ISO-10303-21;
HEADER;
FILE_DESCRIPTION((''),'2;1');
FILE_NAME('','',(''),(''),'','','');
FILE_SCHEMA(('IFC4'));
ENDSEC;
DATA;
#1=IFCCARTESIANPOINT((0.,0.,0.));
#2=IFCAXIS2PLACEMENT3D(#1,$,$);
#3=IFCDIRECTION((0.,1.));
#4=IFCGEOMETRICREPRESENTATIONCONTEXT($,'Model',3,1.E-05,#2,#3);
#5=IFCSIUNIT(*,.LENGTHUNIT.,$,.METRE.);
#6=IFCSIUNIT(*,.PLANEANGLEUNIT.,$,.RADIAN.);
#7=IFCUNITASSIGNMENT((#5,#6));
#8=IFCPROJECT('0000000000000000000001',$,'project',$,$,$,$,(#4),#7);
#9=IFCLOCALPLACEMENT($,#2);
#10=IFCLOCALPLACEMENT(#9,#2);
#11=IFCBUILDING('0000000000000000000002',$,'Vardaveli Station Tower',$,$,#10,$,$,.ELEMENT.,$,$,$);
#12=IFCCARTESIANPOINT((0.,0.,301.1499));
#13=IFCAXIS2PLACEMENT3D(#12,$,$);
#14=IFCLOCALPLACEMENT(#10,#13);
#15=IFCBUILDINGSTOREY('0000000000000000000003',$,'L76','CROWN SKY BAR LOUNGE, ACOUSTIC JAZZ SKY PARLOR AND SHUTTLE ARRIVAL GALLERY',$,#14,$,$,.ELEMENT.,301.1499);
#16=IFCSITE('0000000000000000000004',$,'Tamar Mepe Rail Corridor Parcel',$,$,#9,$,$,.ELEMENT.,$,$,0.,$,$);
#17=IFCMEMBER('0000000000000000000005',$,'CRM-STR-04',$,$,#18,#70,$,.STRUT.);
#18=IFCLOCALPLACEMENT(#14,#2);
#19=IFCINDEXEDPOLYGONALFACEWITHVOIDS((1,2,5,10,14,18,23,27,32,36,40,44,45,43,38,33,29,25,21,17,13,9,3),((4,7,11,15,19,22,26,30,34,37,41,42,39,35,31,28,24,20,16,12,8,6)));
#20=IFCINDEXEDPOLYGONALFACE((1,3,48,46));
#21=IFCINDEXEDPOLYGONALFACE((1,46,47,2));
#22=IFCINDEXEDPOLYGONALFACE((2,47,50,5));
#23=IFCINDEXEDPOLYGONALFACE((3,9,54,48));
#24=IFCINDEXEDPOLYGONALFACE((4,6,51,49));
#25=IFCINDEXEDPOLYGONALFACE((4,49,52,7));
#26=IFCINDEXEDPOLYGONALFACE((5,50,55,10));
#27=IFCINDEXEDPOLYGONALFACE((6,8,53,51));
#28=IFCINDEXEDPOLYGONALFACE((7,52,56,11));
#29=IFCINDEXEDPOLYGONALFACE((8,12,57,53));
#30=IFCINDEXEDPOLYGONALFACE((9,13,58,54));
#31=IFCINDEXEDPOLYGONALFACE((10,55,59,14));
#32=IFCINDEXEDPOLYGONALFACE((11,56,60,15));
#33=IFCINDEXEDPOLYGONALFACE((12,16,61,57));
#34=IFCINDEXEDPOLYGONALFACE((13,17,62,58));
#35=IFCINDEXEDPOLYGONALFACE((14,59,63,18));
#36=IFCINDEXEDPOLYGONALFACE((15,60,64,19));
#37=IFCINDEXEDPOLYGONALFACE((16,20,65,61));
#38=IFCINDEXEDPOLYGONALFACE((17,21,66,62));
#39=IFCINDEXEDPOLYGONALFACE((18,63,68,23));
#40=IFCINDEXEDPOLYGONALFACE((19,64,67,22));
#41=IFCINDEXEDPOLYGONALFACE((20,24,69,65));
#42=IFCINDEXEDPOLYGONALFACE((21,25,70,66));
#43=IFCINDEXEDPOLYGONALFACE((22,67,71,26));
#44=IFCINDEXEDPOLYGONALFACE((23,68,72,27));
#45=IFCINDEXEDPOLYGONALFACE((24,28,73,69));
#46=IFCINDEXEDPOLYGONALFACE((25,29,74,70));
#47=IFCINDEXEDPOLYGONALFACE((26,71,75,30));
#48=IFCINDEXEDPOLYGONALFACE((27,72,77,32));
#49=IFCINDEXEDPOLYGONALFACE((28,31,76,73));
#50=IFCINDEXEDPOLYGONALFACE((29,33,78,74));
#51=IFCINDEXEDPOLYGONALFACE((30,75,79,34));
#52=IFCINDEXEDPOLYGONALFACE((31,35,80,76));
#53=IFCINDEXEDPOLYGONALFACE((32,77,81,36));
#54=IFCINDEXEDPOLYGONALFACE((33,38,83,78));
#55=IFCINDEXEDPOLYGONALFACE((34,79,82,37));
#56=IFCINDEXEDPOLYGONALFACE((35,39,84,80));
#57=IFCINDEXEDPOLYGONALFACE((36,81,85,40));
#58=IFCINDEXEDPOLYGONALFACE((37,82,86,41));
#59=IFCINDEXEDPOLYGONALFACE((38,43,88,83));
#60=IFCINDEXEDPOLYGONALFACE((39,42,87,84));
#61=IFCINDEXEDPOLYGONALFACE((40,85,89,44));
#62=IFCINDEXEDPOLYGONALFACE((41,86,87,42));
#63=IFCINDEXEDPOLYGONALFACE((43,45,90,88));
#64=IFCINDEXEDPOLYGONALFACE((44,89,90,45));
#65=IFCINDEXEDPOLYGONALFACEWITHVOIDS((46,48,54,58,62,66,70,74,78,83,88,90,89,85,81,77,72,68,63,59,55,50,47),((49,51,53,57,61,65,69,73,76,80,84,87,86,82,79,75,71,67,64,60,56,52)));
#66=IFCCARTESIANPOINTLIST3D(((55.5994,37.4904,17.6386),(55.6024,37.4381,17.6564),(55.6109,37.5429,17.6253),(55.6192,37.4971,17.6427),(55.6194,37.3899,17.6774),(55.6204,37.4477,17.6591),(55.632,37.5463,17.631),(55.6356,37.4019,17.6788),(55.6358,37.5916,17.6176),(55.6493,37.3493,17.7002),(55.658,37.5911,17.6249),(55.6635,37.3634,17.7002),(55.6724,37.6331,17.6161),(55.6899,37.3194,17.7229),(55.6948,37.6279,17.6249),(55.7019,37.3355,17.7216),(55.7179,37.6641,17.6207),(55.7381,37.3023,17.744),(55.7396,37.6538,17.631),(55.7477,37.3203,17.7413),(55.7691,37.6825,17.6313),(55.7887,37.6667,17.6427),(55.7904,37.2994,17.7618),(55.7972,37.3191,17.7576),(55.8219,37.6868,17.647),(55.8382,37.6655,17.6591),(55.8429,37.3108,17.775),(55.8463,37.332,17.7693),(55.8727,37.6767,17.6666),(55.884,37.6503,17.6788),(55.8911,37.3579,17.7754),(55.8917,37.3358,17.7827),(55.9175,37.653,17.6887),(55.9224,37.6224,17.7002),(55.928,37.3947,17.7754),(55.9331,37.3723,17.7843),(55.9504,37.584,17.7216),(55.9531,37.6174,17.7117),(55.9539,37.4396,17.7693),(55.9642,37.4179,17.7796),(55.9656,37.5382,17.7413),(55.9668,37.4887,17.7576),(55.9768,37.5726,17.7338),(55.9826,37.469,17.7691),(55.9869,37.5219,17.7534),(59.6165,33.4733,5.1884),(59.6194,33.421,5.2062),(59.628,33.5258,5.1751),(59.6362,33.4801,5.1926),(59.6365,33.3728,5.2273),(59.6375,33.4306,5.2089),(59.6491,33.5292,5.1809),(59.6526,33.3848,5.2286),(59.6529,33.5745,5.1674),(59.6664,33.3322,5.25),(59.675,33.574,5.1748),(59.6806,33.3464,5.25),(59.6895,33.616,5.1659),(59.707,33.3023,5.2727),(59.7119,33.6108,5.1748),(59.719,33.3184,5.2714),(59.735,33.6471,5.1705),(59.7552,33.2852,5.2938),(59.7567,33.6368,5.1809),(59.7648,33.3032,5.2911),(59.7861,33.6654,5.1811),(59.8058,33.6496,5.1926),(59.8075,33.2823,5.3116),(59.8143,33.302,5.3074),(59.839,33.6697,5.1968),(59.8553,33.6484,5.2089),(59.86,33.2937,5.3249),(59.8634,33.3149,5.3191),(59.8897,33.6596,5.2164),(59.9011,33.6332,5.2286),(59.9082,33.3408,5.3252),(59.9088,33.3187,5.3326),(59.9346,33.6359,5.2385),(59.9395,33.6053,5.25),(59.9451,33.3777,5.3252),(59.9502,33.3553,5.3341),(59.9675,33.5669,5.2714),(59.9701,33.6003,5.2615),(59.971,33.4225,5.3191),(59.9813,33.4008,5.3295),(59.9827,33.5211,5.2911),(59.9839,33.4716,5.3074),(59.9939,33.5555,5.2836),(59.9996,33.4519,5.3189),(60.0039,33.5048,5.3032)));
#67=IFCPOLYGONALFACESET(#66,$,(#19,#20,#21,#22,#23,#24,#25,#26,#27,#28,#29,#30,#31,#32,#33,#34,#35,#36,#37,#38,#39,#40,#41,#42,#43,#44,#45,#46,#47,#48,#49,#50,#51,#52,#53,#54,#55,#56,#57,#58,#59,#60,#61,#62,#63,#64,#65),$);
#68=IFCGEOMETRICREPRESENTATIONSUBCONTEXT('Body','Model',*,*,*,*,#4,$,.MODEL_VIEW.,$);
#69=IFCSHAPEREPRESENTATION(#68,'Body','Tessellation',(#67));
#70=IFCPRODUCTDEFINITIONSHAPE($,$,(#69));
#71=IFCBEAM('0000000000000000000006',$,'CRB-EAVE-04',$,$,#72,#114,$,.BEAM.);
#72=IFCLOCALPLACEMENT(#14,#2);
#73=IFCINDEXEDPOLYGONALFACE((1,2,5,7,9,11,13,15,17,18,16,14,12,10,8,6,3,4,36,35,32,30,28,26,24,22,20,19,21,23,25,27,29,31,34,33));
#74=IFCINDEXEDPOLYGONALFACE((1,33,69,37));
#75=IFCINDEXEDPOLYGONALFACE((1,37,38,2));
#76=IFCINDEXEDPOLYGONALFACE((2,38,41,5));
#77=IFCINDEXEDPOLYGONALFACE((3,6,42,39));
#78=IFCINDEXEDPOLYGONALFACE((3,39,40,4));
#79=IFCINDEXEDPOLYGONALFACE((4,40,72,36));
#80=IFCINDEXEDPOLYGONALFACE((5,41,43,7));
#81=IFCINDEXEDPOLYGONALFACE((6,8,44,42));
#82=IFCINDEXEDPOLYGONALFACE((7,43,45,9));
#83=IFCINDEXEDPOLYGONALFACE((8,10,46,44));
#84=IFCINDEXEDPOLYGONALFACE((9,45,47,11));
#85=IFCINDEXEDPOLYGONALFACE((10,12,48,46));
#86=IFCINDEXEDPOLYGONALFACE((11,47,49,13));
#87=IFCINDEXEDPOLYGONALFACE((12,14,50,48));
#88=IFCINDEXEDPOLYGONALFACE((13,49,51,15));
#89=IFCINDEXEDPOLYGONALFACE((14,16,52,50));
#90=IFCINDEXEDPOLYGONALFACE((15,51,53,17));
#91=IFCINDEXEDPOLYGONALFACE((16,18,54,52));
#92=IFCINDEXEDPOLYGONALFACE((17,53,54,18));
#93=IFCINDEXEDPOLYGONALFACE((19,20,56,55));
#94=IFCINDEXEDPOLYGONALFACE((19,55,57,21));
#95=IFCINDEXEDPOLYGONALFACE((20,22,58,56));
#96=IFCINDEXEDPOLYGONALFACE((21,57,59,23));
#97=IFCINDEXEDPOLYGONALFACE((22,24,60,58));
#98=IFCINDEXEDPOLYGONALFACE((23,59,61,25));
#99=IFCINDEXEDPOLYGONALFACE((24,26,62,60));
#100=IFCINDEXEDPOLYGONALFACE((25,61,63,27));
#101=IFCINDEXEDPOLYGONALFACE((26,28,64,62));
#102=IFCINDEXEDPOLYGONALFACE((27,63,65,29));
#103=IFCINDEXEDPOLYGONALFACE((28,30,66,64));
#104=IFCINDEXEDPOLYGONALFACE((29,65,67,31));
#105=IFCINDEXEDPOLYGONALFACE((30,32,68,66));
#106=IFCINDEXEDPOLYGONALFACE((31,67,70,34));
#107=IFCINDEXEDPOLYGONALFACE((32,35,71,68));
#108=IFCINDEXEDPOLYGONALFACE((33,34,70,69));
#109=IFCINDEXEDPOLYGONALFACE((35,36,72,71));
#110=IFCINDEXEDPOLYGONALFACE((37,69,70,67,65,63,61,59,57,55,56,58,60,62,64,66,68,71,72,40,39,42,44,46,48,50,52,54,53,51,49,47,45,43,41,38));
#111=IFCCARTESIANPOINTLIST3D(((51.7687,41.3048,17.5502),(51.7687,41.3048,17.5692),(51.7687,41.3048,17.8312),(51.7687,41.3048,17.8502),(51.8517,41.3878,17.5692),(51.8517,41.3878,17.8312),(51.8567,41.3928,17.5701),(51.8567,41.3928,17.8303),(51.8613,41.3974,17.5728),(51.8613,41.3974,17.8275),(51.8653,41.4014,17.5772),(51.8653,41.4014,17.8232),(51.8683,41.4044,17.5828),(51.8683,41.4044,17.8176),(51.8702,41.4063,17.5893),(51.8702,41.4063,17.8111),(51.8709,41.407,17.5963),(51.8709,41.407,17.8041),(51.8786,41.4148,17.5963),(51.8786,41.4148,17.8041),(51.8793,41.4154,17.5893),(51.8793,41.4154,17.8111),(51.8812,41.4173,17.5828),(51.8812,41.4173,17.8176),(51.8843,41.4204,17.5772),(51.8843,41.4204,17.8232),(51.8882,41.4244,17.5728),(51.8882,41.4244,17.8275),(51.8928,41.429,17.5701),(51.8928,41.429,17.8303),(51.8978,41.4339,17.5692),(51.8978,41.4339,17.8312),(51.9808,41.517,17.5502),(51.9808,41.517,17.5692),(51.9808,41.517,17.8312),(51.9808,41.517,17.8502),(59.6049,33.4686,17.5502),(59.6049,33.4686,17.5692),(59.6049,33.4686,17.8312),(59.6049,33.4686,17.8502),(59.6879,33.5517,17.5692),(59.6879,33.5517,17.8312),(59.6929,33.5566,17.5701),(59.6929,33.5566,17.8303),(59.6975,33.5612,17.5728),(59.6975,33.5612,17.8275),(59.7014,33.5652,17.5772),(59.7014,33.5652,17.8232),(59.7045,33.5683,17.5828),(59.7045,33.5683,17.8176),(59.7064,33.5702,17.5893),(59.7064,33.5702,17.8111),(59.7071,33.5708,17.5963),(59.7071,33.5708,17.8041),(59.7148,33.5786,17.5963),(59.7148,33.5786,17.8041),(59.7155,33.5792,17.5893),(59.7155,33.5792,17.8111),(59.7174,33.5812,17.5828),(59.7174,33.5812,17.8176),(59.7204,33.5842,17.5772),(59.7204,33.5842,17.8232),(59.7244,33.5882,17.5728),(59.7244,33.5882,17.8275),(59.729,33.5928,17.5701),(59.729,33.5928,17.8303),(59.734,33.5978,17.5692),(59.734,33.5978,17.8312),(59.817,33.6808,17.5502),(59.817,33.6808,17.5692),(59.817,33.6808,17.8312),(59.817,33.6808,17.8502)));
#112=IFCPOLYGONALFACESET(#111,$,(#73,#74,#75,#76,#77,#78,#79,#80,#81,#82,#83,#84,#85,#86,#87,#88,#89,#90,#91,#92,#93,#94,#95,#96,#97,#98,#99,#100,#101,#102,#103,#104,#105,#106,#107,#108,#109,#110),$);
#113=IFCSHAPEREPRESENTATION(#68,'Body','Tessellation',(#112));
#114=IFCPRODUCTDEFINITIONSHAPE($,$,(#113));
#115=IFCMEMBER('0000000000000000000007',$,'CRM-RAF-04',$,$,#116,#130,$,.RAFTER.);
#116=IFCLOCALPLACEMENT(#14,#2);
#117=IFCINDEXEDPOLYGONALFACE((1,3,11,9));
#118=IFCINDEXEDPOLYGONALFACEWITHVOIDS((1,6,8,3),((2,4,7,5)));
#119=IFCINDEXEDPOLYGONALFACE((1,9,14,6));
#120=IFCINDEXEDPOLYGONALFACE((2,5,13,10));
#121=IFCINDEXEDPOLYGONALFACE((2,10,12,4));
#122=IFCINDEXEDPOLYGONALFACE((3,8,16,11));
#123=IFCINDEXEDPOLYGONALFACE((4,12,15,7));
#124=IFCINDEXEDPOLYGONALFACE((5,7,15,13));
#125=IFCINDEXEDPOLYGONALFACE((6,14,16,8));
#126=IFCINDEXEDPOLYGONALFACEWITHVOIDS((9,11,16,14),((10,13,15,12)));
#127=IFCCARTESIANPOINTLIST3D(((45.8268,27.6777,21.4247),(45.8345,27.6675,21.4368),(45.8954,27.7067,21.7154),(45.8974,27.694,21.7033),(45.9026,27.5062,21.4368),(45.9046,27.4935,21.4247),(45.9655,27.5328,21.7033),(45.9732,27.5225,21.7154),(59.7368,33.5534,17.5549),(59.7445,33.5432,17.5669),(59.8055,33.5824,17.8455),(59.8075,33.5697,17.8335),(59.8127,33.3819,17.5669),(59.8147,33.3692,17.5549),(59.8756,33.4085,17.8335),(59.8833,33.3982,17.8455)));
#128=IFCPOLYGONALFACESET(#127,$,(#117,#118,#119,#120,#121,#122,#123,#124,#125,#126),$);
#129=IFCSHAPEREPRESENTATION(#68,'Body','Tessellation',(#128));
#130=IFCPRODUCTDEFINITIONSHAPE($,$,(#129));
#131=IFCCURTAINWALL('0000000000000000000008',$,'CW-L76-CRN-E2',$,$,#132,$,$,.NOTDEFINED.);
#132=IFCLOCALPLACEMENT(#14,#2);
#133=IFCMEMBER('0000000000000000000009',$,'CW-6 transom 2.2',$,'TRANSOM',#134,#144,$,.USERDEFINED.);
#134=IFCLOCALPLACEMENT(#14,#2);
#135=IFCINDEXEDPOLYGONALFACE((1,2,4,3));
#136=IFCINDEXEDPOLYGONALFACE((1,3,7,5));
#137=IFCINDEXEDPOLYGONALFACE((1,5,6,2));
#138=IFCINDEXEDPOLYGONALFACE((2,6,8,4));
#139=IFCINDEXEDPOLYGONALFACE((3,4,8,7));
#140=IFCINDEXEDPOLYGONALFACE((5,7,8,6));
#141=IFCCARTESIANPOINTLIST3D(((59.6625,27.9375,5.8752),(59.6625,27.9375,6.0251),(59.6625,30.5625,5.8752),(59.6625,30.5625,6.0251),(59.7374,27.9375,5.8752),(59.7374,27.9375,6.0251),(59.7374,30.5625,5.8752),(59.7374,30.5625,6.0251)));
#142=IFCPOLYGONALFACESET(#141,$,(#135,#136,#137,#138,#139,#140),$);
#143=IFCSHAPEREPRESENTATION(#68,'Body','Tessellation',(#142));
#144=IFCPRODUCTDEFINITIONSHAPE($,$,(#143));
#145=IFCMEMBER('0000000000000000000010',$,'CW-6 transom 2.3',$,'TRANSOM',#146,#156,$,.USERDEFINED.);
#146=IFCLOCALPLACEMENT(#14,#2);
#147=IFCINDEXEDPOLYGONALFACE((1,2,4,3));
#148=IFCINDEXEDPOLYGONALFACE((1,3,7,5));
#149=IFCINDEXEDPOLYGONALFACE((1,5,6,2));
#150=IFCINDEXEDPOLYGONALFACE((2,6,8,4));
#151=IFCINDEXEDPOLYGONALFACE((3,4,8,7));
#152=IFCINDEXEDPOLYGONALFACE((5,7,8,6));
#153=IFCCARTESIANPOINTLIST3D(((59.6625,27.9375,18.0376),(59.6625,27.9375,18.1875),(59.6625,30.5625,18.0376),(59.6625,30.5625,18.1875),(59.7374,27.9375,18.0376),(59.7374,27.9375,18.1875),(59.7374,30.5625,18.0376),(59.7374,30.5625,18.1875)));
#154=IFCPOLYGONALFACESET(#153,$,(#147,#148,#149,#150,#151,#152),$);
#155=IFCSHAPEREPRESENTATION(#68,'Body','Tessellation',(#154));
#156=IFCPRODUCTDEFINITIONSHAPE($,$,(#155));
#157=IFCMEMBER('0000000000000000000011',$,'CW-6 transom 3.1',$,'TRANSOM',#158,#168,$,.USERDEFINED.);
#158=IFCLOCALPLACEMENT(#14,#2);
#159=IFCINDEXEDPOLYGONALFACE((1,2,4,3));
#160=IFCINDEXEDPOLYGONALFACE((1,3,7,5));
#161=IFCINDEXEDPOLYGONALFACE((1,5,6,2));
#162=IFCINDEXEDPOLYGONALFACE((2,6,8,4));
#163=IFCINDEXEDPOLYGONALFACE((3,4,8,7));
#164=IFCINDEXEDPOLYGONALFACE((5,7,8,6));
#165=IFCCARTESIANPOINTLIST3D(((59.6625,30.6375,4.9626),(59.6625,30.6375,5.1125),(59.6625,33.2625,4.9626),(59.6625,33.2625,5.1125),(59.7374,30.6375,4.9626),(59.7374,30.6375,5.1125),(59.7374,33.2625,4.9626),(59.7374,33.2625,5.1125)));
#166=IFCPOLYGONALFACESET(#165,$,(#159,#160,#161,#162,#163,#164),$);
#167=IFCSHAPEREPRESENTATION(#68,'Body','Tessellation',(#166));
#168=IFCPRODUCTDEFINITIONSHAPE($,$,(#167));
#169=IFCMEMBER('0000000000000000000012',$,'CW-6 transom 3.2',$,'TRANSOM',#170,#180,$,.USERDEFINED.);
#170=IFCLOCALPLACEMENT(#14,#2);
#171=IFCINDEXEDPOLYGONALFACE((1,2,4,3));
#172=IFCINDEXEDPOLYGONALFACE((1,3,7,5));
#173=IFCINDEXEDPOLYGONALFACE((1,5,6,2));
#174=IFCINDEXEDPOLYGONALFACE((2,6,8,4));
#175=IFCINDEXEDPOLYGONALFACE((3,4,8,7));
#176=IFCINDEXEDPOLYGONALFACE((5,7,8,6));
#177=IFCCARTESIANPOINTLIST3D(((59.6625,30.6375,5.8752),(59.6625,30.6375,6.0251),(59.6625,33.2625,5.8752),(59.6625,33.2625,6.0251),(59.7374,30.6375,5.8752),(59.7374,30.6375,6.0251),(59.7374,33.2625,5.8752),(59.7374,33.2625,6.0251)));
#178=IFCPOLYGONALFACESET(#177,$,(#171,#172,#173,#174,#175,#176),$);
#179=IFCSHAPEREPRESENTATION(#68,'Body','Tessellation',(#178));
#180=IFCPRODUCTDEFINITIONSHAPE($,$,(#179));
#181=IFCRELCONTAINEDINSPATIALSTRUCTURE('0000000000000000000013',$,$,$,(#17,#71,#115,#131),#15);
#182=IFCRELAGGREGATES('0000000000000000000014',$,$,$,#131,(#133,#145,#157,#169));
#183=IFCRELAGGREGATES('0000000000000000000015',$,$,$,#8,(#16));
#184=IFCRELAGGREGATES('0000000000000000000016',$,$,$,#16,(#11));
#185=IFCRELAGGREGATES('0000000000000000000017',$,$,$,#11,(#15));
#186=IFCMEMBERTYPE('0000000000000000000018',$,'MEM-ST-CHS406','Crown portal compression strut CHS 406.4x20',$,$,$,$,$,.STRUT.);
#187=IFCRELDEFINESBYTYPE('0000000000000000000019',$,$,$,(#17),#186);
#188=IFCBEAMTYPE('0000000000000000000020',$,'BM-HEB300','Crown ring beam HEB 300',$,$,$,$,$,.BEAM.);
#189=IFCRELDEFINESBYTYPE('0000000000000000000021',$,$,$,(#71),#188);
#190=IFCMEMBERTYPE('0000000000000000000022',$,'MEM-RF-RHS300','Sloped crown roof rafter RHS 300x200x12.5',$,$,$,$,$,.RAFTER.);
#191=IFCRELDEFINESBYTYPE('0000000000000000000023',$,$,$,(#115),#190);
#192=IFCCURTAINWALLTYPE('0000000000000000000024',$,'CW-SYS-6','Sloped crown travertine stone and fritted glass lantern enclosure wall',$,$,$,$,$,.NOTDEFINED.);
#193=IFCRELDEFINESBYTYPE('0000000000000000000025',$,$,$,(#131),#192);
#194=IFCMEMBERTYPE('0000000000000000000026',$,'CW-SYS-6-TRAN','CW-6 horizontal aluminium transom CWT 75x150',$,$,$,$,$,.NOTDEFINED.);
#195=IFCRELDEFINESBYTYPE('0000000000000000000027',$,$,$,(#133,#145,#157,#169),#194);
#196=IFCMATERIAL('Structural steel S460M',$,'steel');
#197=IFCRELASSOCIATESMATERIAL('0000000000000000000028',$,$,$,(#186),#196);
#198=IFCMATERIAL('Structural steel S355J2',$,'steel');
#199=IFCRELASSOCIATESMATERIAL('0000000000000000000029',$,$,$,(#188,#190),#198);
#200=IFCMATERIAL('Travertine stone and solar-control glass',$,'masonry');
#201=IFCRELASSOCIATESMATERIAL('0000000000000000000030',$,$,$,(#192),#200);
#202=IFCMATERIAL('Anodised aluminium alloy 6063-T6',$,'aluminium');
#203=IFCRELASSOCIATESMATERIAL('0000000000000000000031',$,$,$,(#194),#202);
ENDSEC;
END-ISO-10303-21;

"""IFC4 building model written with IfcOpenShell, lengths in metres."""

from ifc_helpers import new_model, si_unit, direction, frame, origin, origin_2d, place, context, subcontext, project, spatial, rectangle, hollow_rectangle, hollow_circle, i_section, extrude, source, transform, mapped, material, material_profile, profile_set, type_object, element, aggregate, save


model = new_model("IFC4")

# Units and contexts
model_context = context("Model", 3, precision=1e-05, world=origin(), true_north=direction((0.0, 1.0)))
body_context = subcontext(model_context, "Body", "Model", "MODEL_VIEW")
ifc_project = project(units=[si_unit("LENGTHUNIT", "METRE"), si_unit("PLANEANGLEUNIT", "RADIAN")], contexts=[model_context])

# Site, building, storey
site_placement = place(None, origin())
site = spatial("IfcSite", under=ifc_project, at=site_placement, Name="Tamar Mepe Rail Corridor Parcel", CompositionType="ELEMENT", RefElevation=0.0)
building_placement = place(site_placement, origin())
building = spatial("IfcBuilding", under=site, at=building_placement, Name="Vardaveli Station Tower", CompositionType="ELEMENT")
storey_placement = place(building_placement, frame((0.0, 0.0, 301.1499)))
storey = spatial("IfcBuildingStorey", under=building, at=storey_placement, Name="L76", Description="CROWN SKY BAR LOUNGE, ACOUSTIC JAZZ SKY PARLOR AND SHUTTLE ARRIVAL GALLERY", CompositionType="ELEMENT", Elevation=301.1499)

# Member
ifc_material_1 = material(Name="Structural steel S460M", Category="steel")
ifc_material_profile_1 = material_profile(ifc_material_1, hollow_circle(Radius=0.2031, WallThickness=0.02, at=origin_2d()), Name="CHS 406.4x20")
ifc_profile_set_1 = profile_set([ifc_material_profile_1], Name="Structural steel S460M")
member_type_1 = type_object("IfcMemberType", Name="MEM-ST-CHS406", Description="Crown portal compression strut CHS 406.4x20", PredefinedType="STRUT", material=ifc_profile_set_1)
shared_shape_1 = source(origin(), body_context, "Body", "SweptSolid", [
    extrude(hollow_circle(Radius=0.2031, WallThickness=0.02, at=origin_2d()), origin(), (0.0, 0.0, 1.0), 13.6851),
])
member_1_placement = place(storey_placement, frame((59.8101, 33.4758, 5.25), z_axis=(-0.293538, 0.293538, 0.909764), x_axis=(-0.707107, -0.707107, 0.0)))
element("IfcMember", 1, at=member_1_placement, inside=storey, type_object=member_type_1, Name="CRM-STR-04", PredefinedType="STRUT", context=body_context, shape_type="MappedRepresentation", body=[
    mapped(shared_shape_1, transform((0.0, 0.0, 0.0), scale=1.0)),
])

# Beam
ifc_material_2 = material(Name="Structural steel S355J2", Category="steel")
ifc_material_profile_2 = material_profile(ifc_material_2, i_section(OverallWidth=0.3, OverallDepth=0.3, WebThickness=0.011, FlangeThickness=0.019, FilletRadius=0.0271, at=origin_2d()), Name="HEB 300")
ifc_profile_set_2 = profile_set([ifc_material_profile_2], Name="Structural steel S355J2")
beam_type = type_object("IfcBeamType", Name="BM-HEB300", Description="Crown ring beam HEB 300", PredefinedType="BEAM", material=ifc_profile_set_2)
shared_shape_2 = source(origin(), body_context, "Body", "SweptSolid", [
    extrude(i_section(OverallWidth=0.3, OverallDepth=0.3, WebThickness=0.011, FlangeThickness=0.019, FilletRadius=0.0271, at=origin_2d()), origin(), (0.0, 0.0, 1.0), 11.082),
])
beam_placement = place(storey_placement, frame((59.7109, 33.5747, 17.7002), z_axis=(-0.707107, 0.707107, 0.0), x_axis=(-0.707107, -0.707107, 0.0)))
element("IfcBeam", 2, at=beam_placement, inside=storey, type_object=beam_type, Name="CRB-EAVE-04", PredefinedType="BEAM", context=body_context, shape_type="MappedRepresentation", body=[
    mapped(shared_shape_2, transform((0.0, 0.0, 0.0), scale=1.0)),
])

# Member
ifc_material_profile_3 = material_profile(ifc_material_2, hollow_rectangle(XDim=0.2, YDim=0.3, WallThickness=0.0125, at=origin_2d()), Name="RHS 300x200x12.5")
ifc_profile_set_3 = profile_set([ifc_material_profile_3], Name="Structural steel S355J2")
member_type_2 = type_object("IfcMemberType", Name="MEM-RF-RHS300", Description="Sloped crown roof rafter RHS 300x200x12.5", PredefinedType="RAFTER", material=ifc_profile_set_3)
shared_shape_3 = source(origin(), body_context, "Body", "SweptSolid", [
    extrude(hollow_rectangle(XDim=0.2, YDim=0.3, WallThickness=0.0125, at=origin_2d()), origin(), (0.0, 0.0, 1.0), 15.5881),
])
member_2_placement = place(storey_placement, frame((59.8101, 33.4758, 17.7002), z_axis=(-0.892351, -0.376934, 0.248256), x_axis=(0.389116, -0.921189, 0.0)))
element("IfcMember", 3, at=member_2_placement, inside=storey, type_object=member_type_2, Name="CRM-RAF-04", PredefinedType="RAFTER", context=body_context, shape_type="MappedRepresentation", body=[
    mapped(shared_shape_3, transform((0.0, 0.0, 0.0), scale=1.0)),
])

# Curtain wall, members
ifc_material_3 = material(Name="Travertine stone and solar-control glass", Category="masonry")
curtain_wall_type = type_object("IfcCurtainWallType", Name="CW-SYS-6", Description="Sloped crown travertine stone and fritted glass lantern enclosure wall", PredefinedType="NOTDEFINED", material=ifc_material_3)
curtain_wall_placement = place(storey_placement, origin())
curtain_wall = element("IfcCurtainWall", 4, at=curtain_wall_placement, inside=storey, type_object=curtain_wall_type, Name="CW-L76-CRN-E2", PredefinedType="NOTDEFINED")
ifc_material_4 = material(Name="Anodised aluminium alloy 6063-T6", Category="aluminium")
ifc_material_profile_4 = material_profile(ifc_material_4, rectangle(XDim=0.075, YDim=0.1499, at=origin_2d()), Name="CWT 75x150")
ifc_profile_set_4 = profile_set([ifc_material_profile_4], Name="Anodised aluminium alloy 6063-T6")
member_type_3 = type_object("IfcMemberType", Name="CW-SYS-6-TRAN", Description="CW-6 horizontal aluminium transom CWT 75x150", PredefinedType="NOTDEFINED", material=ifc_profile_set_4)
shared_shape_4 = source(origin(), body_context, "Body", "SweptSolid", [
    extrude(rectangle(XDim=0.075, YDim=0.1499, at=origin_2d()), origin(), (0.0, 0.0, 1.0), 2.625),
])
member_3_placement = place(storey_placement, frame((59.7, 27.9375, 5.9502), z_axis=(0.0, 1.0, 0.0), x_axis=(-1.0, 0.0, 0.0)))
member_3 = element("IfcMember", 5, at=member_3_placement, type_object=member_type_3, Name="CW-6 transom 2.2", ObjectType="TRANSOM", PredefinedType="USERDEFINED", context=body_context, shape_type="MappedRepresentation", body=[
    mapped(shared_shape_4, transform((0.0, 0.0, 0.0), scale=1.0)),
])
member_4_placement = place(storey_placement, frame((59.7, 27.9375, 18.1125), z_axis=(0.0, 1.0, 0.0), x_axis=(-1.0, 0.0, 0.0)))
member_4 = element("IfcMember", 6, at=member_4_placement, type_object=member_type_3, Name="CW-6 transom 2.3", ObjectType="TRANSOM", PredefinedType="USERDEFINED", context=body_context, shape_type="MappedRepresentation", body=[
    mapped(shared_shape_4, transform((0.0, 0.0, 0.0), scale=1.0)),
])
member_5_placement = place(storey_placement, frame((59.7, 30.6375, 5.0376), z_axis=(0.0, 1.0, 0.0), x_axis=(-1.0, 0.0, 0.0)))
member_5 = element("IfcMember", 7, at=member_5_placement, type_object=member_type_3, Name="CW-6 transom 3.1", ObjectType="TRANSOM", PredefinedType="USERDEFINED", context=body_context, shape_type="MappedRepresentation", body=[
    mapped(shared_shape_4, transform((0.0, 0.0, 0.0), scale=1.0)),
])
member_6_placement = place(storey_placement, frame((59.7, 30.6375, 5.9502), z_axis=(0.0, 1.0, 0.0), x_axis=(-1.0, 0.0, 0.0)))
member_6 = element("IfcMember", 8, at=member_6_placement, type_object=member_type_3, Name="CW-6 transom 3.2", ObjectType="TRANSOM", PredefinedType="USERDEFINED", context=body_context, shape_type="MappedRepresentation", body=[
    mapped(shared_shape_4, transform((0.0, 0.0, 0.0), scale=1.0)),
])

aggregate(curtain_wall, [member_3, member_4, member_5, member_6])

save(model, "model.ifc")
